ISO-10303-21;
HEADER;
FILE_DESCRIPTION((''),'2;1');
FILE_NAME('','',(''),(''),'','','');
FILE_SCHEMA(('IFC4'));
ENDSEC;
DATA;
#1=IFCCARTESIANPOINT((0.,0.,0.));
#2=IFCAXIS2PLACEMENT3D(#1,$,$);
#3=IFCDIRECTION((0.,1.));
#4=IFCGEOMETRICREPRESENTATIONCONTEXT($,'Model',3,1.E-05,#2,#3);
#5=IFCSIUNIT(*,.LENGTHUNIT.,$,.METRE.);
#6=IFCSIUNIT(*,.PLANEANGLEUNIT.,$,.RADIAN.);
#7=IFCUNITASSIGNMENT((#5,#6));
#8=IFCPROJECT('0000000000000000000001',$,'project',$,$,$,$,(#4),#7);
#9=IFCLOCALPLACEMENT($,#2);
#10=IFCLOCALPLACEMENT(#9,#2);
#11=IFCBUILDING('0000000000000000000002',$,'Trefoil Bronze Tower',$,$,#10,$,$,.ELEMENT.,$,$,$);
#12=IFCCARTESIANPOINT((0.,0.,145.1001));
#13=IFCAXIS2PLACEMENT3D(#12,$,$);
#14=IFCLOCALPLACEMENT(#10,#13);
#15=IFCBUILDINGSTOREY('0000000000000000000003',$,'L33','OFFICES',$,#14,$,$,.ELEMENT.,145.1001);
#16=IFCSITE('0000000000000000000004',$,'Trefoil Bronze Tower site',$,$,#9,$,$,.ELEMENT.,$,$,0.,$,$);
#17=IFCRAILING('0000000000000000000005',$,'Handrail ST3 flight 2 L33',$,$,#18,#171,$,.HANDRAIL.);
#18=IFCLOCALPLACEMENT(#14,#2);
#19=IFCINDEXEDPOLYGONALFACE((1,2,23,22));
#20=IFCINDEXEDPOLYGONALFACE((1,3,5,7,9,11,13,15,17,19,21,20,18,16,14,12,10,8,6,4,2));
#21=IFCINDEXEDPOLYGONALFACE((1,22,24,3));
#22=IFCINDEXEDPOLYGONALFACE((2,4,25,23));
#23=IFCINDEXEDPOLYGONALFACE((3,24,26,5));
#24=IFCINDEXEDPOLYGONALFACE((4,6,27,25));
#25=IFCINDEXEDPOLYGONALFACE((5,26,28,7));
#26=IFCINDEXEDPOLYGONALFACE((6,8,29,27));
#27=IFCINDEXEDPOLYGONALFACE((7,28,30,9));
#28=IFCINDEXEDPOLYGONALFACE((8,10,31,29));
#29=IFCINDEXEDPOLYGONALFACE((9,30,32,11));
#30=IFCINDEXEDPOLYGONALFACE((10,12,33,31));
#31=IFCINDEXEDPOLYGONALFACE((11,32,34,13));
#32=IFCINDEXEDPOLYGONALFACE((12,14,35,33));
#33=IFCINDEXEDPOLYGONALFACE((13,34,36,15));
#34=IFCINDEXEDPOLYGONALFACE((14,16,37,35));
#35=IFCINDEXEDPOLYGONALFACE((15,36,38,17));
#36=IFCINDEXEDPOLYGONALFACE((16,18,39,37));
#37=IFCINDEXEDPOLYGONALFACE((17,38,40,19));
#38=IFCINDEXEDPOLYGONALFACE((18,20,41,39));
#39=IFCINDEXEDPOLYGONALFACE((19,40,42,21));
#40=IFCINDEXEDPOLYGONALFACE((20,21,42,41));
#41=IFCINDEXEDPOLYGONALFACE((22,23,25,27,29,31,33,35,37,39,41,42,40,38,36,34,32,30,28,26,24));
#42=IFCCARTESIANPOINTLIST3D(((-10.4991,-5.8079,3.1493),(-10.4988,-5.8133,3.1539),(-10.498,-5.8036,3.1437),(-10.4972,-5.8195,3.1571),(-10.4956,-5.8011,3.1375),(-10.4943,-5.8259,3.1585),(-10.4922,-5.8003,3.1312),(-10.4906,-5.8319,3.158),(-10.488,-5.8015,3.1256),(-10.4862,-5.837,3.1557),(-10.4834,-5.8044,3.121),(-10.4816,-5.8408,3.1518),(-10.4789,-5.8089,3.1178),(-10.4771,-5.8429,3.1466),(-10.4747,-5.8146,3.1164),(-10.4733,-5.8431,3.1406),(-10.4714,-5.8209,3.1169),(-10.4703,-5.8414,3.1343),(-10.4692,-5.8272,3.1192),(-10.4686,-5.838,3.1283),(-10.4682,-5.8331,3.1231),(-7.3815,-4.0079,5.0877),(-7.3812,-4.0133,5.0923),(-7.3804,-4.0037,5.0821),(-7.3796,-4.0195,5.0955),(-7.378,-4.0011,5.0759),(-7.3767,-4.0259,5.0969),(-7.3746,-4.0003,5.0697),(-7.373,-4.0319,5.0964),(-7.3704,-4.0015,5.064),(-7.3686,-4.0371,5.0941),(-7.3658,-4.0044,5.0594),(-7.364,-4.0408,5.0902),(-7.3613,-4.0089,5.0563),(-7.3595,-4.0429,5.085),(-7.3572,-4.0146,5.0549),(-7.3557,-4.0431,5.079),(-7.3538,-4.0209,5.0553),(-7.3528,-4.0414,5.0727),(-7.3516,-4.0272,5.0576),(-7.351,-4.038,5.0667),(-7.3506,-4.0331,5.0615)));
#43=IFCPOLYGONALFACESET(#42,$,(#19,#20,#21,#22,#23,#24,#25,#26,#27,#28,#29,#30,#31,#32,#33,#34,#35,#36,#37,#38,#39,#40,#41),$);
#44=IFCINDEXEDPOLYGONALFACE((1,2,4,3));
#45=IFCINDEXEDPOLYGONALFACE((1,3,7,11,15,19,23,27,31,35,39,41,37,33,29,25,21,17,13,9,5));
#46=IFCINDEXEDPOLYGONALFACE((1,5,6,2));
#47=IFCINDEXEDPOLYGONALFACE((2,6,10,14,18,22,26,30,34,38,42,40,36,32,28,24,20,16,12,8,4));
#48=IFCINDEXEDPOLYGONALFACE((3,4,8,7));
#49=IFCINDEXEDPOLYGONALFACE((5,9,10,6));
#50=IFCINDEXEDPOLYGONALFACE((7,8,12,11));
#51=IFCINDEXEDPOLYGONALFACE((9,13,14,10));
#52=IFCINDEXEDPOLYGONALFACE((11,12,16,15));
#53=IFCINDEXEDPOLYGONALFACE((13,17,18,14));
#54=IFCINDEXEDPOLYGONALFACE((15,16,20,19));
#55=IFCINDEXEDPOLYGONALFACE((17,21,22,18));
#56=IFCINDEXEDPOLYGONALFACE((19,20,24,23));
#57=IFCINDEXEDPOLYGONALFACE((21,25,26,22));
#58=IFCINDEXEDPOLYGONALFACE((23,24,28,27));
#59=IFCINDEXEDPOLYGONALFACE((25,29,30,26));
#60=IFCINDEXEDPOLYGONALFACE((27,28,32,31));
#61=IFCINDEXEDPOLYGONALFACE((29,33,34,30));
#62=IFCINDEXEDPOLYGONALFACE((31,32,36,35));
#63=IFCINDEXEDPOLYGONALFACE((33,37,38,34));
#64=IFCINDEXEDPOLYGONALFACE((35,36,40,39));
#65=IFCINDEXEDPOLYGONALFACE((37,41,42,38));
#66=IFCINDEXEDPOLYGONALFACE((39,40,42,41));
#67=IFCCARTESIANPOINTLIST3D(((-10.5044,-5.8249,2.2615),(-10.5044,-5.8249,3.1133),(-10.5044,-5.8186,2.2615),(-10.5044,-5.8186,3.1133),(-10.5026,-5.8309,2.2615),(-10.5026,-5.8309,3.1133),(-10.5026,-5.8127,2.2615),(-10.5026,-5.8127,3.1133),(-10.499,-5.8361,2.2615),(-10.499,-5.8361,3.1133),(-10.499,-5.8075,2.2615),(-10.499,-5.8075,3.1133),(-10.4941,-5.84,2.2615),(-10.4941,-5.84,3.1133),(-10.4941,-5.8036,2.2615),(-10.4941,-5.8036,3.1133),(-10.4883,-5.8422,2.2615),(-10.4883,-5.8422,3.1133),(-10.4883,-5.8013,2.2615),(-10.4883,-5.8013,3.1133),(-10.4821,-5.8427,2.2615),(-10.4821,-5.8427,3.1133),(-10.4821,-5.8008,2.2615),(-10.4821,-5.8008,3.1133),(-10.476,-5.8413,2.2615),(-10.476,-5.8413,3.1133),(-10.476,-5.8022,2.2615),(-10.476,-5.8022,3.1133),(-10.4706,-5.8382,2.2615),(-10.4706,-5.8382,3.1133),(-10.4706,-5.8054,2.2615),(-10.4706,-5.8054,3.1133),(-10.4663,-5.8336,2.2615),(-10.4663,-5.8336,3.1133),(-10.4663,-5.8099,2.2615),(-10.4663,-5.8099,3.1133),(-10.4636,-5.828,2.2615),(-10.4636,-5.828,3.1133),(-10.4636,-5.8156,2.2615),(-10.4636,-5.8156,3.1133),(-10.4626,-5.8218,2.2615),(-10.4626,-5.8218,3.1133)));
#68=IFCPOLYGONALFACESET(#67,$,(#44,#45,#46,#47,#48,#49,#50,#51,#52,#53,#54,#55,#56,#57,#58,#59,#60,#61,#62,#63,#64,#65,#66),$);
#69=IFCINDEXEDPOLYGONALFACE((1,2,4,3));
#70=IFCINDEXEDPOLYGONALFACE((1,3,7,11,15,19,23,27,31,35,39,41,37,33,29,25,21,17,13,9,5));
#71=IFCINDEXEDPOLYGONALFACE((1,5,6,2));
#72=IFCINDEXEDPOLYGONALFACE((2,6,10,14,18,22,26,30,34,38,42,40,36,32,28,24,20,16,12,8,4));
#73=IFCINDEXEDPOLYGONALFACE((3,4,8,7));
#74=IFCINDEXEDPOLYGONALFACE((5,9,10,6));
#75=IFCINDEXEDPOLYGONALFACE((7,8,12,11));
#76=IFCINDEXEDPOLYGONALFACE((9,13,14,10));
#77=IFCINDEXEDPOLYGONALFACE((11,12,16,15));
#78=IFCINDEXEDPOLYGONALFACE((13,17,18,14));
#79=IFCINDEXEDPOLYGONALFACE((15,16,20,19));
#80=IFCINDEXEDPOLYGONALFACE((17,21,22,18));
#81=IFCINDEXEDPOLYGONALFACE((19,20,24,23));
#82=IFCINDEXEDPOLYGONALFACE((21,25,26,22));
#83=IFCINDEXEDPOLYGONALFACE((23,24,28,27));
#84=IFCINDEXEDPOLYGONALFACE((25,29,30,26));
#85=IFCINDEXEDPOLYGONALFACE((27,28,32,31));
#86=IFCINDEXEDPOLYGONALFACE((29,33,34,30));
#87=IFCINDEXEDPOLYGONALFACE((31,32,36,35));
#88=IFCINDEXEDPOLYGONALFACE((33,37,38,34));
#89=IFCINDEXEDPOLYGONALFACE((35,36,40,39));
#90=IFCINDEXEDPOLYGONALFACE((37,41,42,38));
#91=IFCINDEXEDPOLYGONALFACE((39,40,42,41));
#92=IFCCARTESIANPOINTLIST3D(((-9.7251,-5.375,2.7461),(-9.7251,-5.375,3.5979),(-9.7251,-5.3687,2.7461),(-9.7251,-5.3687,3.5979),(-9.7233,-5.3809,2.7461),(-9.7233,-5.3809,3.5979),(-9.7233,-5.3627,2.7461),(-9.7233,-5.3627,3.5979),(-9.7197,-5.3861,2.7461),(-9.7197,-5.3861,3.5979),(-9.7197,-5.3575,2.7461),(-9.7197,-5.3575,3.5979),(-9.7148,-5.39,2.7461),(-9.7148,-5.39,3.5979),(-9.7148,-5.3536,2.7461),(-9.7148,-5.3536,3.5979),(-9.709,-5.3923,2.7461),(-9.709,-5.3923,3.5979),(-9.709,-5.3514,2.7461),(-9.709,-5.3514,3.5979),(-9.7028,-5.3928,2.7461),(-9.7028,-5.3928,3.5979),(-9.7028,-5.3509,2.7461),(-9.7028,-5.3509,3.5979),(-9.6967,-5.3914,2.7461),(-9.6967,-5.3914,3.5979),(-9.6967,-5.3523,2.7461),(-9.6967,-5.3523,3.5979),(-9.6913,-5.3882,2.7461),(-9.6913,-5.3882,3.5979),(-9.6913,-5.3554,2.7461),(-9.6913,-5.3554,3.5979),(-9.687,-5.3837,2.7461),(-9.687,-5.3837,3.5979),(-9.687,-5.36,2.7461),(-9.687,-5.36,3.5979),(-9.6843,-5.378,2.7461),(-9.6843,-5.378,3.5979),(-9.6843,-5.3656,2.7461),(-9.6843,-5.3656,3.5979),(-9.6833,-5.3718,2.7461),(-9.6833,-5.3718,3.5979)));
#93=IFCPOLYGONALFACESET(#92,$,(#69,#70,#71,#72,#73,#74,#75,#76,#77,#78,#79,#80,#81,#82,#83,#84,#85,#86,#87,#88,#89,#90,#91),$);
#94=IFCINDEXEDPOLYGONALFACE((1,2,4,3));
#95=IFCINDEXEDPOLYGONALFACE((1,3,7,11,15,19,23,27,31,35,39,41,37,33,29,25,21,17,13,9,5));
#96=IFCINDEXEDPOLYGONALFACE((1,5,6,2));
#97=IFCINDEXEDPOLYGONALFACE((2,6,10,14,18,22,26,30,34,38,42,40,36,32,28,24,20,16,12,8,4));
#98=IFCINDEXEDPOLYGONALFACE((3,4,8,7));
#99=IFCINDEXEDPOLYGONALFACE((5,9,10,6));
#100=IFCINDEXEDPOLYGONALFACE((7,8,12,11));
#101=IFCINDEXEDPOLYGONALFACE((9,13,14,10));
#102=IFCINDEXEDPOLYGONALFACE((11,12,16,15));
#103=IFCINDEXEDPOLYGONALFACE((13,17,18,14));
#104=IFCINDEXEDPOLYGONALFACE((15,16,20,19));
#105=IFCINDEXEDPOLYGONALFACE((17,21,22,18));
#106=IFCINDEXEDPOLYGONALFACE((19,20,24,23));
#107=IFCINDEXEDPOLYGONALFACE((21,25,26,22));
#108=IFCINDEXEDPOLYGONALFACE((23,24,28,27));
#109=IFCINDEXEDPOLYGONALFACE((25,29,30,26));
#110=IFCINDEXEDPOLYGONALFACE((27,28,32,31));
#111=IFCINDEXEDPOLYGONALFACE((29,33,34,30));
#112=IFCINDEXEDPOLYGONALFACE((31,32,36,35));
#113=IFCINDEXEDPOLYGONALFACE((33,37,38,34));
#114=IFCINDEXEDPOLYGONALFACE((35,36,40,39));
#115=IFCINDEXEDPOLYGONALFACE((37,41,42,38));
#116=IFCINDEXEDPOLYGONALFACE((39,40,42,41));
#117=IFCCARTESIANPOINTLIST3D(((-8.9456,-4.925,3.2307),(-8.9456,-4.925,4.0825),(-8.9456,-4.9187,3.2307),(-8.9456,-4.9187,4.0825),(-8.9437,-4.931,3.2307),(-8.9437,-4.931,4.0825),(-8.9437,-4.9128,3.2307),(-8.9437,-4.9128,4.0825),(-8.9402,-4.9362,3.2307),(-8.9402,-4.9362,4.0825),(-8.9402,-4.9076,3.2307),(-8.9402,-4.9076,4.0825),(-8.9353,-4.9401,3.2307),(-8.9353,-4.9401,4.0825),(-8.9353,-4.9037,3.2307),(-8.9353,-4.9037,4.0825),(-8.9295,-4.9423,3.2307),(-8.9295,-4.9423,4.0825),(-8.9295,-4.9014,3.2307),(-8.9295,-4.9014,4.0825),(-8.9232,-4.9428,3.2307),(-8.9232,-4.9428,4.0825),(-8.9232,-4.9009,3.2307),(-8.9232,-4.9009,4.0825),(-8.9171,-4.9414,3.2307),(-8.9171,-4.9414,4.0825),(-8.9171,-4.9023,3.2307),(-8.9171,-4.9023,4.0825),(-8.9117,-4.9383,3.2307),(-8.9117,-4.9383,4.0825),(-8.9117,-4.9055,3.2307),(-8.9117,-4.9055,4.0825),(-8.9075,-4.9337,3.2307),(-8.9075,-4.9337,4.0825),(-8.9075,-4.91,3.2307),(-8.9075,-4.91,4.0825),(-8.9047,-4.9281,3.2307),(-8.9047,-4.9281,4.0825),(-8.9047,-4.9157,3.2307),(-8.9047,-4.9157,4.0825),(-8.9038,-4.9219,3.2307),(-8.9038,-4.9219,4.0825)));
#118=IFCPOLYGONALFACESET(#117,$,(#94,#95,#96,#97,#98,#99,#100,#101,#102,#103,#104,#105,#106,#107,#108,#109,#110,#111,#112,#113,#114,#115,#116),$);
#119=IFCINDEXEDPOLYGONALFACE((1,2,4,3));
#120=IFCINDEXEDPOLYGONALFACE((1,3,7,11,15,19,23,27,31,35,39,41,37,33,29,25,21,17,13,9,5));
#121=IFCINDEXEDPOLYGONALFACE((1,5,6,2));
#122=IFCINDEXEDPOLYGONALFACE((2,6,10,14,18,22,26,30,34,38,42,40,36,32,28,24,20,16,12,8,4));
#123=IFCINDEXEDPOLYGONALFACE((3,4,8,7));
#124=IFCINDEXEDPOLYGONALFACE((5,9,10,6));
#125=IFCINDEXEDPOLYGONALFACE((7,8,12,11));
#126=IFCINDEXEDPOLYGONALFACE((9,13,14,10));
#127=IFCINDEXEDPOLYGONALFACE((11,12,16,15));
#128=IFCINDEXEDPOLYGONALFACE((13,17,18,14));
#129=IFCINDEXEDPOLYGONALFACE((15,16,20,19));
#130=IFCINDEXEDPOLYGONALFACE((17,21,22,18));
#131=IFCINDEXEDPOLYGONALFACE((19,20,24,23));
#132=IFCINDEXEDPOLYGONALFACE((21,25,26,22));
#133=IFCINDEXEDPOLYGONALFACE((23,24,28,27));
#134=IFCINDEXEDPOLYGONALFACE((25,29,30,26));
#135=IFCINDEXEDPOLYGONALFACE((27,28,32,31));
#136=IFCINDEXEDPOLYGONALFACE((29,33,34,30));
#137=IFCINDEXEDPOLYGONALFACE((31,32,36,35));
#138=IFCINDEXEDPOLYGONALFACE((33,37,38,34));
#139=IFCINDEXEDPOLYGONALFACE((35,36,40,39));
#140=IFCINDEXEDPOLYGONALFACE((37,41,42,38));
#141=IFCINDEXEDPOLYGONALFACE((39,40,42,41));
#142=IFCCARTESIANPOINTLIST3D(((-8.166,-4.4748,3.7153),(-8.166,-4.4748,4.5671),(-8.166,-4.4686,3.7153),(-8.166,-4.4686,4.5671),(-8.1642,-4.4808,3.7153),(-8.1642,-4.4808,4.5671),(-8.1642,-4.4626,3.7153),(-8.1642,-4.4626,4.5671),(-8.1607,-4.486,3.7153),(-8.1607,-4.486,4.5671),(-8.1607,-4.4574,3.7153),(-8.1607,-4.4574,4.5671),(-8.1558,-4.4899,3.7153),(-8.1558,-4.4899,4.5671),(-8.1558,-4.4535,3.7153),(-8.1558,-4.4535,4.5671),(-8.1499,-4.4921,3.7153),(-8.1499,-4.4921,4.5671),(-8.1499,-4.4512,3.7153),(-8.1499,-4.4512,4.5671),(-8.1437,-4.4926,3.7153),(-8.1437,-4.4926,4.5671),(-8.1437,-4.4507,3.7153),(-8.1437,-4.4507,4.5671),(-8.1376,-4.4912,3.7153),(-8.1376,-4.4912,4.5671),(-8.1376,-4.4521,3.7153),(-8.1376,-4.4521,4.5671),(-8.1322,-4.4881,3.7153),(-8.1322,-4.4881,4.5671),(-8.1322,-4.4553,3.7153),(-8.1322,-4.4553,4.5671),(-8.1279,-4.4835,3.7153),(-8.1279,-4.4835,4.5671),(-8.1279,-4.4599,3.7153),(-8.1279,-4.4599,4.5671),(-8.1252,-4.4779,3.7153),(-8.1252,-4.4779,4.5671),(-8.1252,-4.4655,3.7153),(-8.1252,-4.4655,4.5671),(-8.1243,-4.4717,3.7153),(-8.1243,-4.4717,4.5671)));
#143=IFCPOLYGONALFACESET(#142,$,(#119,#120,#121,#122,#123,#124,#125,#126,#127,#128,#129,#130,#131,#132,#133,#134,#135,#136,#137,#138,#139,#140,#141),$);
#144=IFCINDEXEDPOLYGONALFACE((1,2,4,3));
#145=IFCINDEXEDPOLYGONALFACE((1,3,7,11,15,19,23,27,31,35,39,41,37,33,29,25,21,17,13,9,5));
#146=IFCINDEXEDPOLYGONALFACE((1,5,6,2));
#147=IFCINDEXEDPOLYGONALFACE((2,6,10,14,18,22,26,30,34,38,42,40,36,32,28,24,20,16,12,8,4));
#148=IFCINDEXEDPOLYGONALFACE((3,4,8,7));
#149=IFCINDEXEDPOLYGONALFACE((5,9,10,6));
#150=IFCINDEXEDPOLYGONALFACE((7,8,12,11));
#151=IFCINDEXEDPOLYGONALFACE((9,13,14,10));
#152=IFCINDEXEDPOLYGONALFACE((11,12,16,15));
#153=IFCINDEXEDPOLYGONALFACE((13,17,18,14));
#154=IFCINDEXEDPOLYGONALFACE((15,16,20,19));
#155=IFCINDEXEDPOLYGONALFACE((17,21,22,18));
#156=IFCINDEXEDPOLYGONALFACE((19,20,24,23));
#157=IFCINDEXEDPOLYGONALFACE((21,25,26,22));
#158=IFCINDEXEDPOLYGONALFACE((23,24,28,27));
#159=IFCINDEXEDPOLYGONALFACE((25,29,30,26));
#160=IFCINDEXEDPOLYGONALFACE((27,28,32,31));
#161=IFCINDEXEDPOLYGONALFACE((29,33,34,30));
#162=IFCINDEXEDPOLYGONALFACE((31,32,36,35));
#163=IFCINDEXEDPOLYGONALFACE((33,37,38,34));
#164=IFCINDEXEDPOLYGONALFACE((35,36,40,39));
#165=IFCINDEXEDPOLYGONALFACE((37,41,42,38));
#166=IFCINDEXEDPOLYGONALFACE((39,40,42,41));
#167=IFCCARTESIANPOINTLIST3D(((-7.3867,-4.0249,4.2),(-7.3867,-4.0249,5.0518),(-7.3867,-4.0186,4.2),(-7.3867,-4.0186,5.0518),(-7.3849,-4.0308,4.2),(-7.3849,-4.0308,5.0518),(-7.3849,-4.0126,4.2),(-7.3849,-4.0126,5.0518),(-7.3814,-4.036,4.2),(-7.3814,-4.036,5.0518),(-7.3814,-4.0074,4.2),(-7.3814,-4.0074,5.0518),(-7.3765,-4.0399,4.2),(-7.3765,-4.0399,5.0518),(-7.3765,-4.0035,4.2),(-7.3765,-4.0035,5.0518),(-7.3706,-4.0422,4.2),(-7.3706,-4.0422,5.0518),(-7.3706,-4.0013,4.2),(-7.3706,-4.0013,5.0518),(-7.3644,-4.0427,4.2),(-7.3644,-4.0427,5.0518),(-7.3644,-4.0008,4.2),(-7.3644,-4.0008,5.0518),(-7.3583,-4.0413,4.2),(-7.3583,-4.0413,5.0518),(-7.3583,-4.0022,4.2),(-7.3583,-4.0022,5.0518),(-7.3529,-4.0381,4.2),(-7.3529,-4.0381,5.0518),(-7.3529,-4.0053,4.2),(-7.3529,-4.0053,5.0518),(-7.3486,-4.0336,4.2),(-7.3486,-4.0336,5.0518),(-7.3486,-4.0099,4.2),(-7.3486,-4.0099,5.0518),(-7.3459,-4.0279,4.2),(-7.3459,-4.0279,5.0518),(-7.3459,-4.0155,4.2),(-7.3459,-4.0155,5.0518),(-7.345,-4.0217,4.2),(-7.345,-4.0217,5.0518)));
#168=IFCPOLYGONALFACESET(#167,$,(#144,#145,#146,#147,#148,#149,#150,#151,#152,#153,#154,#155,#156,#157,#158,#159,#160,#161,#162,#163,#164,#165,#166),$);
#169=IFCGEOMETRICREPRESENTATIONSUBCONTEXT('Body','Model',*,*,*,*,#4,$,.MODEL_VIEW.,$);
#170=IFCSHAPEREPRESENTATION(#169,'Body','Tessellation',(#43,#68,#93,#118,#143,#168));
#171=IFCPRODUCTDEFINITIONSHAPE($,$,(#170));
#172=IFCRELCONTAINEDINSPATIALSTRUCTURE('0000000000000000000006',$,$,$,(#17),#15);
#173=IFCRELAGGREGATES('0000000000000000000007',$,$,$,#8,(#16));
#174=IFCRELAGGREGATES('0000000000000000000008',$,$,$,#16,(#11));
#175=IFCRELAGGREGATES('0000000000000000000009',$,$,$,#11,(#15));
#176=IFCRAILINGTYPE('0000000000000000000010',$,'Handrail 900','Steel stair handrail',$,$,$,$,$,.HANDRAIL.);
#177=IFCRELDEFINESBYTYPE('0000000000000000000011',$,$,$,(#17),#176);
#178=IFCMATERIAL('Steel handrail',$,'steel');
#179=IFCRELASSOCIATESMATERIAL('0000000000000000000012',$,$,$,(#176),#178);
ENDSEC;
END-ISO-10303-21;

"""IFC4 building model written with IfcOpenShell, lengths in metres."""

from ifc_helpers import new_model, si_unit, direction, frame, origin, origin_2d, place, context, subcontext, project, spatial, circle, extrude, material, type_object, element, save


model = new_model("IFC4")

# Units and contexts
model_context = context("Model", 3, precision=1e-05, world=origin(), true_north=direction((0.0, 1.0)))
body_context = subcontext(model_context, "Body", "Model", "MODEL_VIEW")
ifc_project = project(units=[si_unit("LENGTHUNIT", "METRE"), si_unit("PLANEANGLEUNIT", "RADIAN")], contexts=[model_context])

# Site, building, storey
site_placement = place(None, origin())
site = spatial("IfcSite", under=ifc_project, at=site_placement, Name="Trefoil Bronze Tower site", CompositionType="ELEMENT", RefElevation=0.0)
building_placement = place(site_placement, origin())
building = spatial("IfcBuilding", under=site, at=building_placement, Name="Trefoil Bronze Tower", CompositionType="ELEMENT")
storey_placement = place(building_placement, frame((0.0, 0.0, 145.1001)))
storey = spatial("IfcBuildingStorey", under=building, at=storey_placement, Name="L33", Description="OFFICES", CompositionType="ELEMENT", Elevation=145.1001)

# Railing
ifc_material_1 = material(Name="Steel handrail", Category="steel")
railing_type = type_object("IfcRailingType", Name="Handrail 900", Description="Steel stair handrail", PredefinedType="HANDRAIL", material=ifc_material_1)
railing_placement = place(storey_placement, frame((-10.4836, -5.8218, 2.2615)))
element("IfcRailing", 1, at=railing_placement, inside=storey, type_object=railing_type, Name="Handrail ST3 flight 2 L33", PredefinedType="HANDRAIL", context=body_context, shape_type="SweptSolid", body=[
    extrude(circle(Radius=0.0239, at=origin_2d()), frame((0.0, 0.0, 0.876), z_axis=(0.762503, 0.440246, 0.474102), x_axis=(-0.500012, 0.866018, 0.0)), (0.0, 0.0, 1.0), 4.0886),
    extrude(circle(Radius=0.021, at=origin_2d()), origin(), (0.0, 0.0, 1.0), 0.8518),
    extrude(circle(Radius=0.021, at=origin_2d()), frame((0.7793, 0.45, 0.4846)), (0.0, 0.0, 1.0), 0.8518),
    extrude(circle(Radius=0.021, at=origin_2d()), frame((1.5588, 0.8999, 0.9692)), (0.0, 0.0, 1.0), 0.8518),
    extrude(circle(Radius=0.021, at=origin_2d()), frame((2.3384, 1.3501, 1.4539)), (0.0, 0.0, 1.0), 0.8518),
    extrude(circle(Radius=0.021, at=origin_2d()), frame((3.1177, 1.8, 1.9385)), (0.0, 0.0, 1.0), 0.8518),
])

save(model, "model.ifc")
